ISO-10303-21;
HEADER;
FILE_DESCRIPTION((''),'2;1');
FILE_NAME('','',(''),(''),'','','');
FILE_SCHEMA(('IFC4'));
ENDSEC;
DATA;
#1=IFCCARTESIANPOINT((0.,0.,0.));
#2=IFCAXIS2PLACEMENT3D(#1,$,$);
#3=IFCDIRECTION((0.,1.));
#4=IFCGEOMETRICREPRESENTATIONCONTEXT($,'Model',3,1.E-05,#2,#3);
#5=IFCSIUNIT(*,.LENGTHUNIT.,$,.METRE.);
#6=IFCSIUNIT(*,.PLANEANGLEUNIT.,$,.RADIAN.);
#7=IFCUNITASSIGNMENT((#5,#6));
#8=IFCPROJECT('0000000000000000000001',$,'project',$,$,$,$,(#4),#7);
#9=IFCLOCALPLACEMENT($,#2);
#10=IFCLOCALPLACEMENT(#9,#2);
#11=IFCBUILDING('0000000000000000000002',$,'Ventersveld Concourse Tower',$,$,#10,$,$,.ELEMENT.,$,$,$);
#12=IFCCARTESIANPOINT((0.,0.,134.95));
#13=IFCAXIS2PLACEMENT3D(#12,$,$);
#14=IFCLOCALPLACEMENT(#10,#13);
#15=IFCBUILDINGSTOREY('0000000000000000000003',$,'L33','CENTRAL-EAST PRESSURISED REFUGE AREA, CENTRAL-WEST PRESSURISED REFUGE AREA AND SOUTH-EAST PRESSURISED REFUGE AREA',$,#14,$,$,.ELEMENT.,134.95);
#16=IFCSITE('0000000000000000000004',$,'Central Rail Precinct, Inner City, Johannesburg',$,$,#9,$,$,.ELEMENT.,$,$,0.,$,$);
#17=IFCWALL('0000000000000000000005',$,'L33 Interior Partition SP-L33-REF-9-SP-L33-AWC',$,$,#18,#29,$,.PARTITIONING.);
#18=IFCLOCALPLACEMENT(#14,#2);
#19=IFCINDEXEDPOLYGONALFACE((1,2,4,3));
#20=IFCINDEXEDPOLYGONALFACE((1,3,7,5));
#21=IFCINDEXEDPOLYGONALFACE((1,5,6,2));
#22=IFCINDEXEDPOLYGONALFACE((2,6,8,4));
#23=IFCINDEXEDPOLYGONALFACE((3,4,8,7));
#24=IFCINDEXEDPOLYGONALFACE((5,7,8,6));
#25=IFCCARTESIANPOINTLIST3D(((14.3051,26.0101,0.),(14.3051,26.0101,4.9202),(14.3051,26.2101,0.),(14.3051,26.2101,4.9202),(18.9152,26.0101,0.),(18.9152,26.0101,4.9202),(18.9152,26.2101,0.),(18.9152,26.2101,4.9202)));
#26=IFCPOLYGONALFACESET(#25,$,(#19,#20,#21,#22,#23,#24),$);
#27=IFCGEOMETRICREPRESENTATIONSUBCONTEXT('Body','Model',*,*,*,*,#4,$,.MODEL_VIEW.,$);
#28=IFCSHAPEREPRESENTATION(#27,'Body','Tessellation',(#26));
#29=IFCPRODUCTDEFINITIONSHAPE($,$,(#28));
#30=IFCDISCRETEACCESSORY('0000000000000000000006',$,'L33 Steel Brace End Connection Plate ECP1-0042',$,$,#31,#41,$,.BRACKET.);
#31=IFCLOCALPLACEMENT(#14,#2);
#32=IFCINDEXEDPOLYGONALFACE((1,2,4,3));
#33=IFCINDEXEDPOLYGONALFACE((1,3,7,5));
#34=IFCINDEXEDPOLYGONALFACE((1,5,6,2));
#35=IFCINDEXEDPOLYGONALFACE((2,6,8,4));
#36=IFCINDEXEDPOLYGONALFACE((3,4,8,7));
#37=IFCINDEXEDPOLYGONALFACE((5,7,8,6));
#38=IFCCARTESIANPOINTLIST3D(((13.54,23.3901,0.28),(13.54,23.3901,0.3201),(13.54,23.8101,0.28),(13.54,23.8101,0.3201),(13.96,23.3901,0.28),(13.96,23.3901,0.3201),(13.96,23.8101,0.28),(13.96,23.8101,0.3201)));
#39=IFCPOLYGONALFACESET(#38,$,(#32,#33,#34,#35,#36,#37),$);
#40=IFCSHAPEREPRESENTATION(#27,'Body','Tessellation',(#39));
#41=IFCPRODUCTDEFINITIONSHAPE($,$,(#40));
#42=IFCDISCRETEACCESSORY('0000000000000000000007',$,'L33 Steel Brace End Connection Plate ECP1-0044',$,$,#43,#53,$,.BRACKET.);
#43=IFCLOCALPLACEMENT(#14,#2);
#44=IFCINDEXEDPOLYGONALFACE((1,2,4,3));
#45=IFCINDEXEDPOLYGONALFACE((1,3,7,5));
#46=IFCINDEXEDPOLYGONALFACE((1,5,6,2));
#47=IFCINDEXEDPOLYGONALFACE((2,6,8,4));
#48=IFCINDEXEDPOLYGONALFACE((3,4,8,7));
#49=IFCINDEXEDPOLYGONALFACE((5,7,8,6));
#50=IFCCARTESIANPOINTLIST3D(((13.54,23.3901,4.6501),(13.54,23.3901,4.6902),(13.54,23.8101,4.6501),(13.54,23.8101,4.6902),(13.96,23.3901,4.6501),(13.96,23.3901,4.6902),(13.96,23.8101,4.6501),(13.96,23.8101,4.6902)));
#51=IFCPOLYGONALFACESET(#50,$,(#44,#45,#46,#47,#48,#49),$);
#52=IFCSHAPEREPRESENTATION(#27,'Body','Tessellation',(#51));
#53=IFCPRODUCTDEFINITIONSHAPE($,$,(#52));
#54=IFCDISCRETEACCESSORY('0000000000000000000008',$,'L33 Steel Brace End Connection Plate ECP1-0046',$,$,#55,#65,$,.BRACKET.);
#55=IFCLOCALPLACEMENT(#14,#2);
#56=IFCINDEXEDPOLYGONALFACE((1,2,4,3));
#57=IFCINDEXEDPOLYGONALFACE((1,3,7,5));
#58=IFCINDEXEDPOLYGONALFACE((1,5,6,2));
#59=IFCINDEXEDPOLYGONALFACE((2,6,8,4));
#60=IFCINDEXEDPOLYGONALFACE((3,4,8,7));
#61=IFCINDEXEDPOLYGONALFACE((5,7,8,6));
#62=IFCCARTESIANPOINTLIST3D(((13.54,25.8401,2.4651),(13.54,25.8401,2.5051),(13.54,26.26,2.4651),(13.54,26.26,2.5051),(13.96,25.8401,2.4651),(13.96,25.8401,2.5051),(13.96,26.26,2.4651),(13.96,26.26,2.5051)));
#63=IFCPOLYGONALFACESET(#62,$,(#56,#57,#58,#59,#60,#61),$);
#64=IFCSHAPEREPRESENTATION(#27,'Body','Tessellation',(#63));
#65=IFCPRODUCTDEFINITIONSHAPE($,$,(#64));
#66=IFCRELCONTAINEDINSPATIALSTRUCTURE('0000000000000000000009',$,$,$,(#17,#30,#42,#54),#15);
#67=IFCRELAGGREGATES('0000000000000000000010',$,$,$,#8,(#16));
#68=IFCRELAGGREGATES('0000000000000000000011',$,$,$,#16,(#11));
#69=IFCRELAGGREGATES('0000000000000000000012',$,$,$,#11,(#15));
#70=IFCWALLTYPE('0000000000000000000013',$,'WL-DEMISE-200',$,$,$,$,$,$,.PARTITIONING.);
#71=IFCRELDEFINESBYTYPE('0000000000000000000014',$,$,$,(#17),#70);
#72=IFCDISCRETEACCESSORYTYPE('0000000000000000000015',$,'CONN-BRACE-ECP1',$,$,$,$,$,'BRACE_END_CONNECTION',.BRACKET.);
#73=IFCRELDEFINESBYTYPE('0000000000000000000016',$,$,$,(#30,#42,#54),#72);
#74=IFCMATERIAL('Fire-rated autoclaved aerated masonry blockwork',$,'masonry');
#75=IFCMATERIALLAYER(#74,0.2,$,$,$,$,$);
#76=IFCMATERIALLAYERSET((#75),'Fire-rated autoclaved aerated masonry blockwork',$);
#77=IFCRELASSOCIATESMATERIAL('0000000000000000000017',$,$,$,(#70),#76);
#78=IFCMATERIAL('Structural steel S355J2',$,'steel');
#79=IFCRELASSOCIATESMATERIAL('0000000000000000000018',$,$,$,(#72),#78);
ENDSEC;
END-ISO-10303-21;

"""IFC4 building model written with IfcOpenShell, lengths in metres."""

from ifc_helpers import new_model, si_unit, direction, frame, frame_2d, origin, origin_2d, place, context, subcontext, project, spatial, rectangle, extrude, material, layer, layer_set, type_object, element, save


model = new_model("IFC4")

# Units and contexts
model_context = context("Model", 3, precision=1e-05, world=origin(), true_north=direction((0.0, 1.0)))
body_context = subcontext(model_context, "Body", "Model", "MODEL_VIEW")
ifc_project = project(units=[si_unit("LENGTHUNIT", "METRE"), si_unit("PLANEANGLEUNIT", "RADIAN")], contexts=[model_context])

# Site, building, storey
site_placement = place(None, origin())
site = spatial("IfcSite", under=ifc_project, at=site_placement, Name="Central Rail Precinct, Inner City, Johannesburg", CompositionType="ELEMENT", RefElevation=0.0)
building_placement = place(site_placement, origin())
building = spatial("IfcBuilding", under=site, at=building_placement, Name="Ventersveld Concourse Tower", CompositionType="ELEMENT")
storey_placement = place(building_placement, frame((0.0, 0.0, 134.95)))
storey = spatial("IfcBuildingStorey", under=building, at=storey_placement, Name="L33", Description="CENTRAL-EAST PRESSURISED REFUGE AREA, CENTRAL-WEST PRESSURISED REFUGE AREA AND SOUTH-EAST PRESSURISED REFUGE AREA", CompositionType="ELEMENT", Elevation=134.95)

# Shared definitions
ifc_material_1 = material(Name="Structural steel S355J2", Category="steel")

# Shared definitions
ifc_material_2 = material(Name="Fire-rated autoclaved aerated masonry blockwork", Category="masonry")

# Wall
ifc_layer_1 = layer(ifc_material_2, 0.2)
ifc_layer_set_1 = layer_set([ifc_layer_1], Name="Fire-rated autoclaved aerated masonry blockwork")
wall_type_1 = type_object("IfcWallType", Name="WL-DEMISE-200", PredefinedType="PARTITIONING", material=ifc_layer_set_1)
wall_1_placement = place(storey_placement, frame((14.3049, 26.1101, 0.0), z_axis=(0.0, 0.0, 1.0), x_axis=(1.0, 0.0, 0.0)))
element("IfcWall", 1, at=wall_1_placement, inside=storey, type_object=wall_type_1, Name="L33 Interior Partition SP-L33-REF-9-SP-L33-AWC", PredefinedType="PARTITIONING", context=body_context, shape_type="SweptSolid", body=[
    extrude(rectangle(XDim=4.6101, YDim=0.2, at=frame_2d((2.3052, 0.0))), origin(), (0.0, 0.0, 1.0), 4.9202),
])

# Discrete accessories
discrete_accessory_type = type_object("IfcDiscreteAccessoryType", Name="CONN-BRACE-ECP1", ElementType="BRACE_END_CONNECTION", PredefinedType="BRACKET", material=ifc_material_1)
for number, where, z_axis, x_axis, name in (
    (2, (13.75, 23.6001, 0.28), (0.0, 0.0, 1.0), (1.0, 0.0, 0.0), "L33 Steel Brace End Connection Plate ECP1-0042"),
    (3, (13.75, 23.6001, 4.6501), (0.0, 0.0, 1.0), (1.0, 0.0, 0.0), "L33 Steel Brace End Connection Plate ECP1-0044"),
    (4, (13.75, 26.05, 2.4651), (0.0, 0.0, 1.0), (1.0, 0.0, 0.0), "L33 Steel Brace End Connection Plate ECP1-0046"),
):
    element("IfcDiscreteAccessory", number, at=place(storey_placement, frame(where, z_axis=z_axis, x_axis=x_axis)), inside=storey, type_object=discrete_accessory_type, Name=name, PredefinedType="BRACKET", context=body_context, shape_type="SweptSolid", body=[
        extrude(rectangle(XDim=0.4199, YDim=0.4199, at=origin_2d()), origin(), (0.0, 0.0, 1.0), 0.04),
    ])

save(model, "model.ifc")
